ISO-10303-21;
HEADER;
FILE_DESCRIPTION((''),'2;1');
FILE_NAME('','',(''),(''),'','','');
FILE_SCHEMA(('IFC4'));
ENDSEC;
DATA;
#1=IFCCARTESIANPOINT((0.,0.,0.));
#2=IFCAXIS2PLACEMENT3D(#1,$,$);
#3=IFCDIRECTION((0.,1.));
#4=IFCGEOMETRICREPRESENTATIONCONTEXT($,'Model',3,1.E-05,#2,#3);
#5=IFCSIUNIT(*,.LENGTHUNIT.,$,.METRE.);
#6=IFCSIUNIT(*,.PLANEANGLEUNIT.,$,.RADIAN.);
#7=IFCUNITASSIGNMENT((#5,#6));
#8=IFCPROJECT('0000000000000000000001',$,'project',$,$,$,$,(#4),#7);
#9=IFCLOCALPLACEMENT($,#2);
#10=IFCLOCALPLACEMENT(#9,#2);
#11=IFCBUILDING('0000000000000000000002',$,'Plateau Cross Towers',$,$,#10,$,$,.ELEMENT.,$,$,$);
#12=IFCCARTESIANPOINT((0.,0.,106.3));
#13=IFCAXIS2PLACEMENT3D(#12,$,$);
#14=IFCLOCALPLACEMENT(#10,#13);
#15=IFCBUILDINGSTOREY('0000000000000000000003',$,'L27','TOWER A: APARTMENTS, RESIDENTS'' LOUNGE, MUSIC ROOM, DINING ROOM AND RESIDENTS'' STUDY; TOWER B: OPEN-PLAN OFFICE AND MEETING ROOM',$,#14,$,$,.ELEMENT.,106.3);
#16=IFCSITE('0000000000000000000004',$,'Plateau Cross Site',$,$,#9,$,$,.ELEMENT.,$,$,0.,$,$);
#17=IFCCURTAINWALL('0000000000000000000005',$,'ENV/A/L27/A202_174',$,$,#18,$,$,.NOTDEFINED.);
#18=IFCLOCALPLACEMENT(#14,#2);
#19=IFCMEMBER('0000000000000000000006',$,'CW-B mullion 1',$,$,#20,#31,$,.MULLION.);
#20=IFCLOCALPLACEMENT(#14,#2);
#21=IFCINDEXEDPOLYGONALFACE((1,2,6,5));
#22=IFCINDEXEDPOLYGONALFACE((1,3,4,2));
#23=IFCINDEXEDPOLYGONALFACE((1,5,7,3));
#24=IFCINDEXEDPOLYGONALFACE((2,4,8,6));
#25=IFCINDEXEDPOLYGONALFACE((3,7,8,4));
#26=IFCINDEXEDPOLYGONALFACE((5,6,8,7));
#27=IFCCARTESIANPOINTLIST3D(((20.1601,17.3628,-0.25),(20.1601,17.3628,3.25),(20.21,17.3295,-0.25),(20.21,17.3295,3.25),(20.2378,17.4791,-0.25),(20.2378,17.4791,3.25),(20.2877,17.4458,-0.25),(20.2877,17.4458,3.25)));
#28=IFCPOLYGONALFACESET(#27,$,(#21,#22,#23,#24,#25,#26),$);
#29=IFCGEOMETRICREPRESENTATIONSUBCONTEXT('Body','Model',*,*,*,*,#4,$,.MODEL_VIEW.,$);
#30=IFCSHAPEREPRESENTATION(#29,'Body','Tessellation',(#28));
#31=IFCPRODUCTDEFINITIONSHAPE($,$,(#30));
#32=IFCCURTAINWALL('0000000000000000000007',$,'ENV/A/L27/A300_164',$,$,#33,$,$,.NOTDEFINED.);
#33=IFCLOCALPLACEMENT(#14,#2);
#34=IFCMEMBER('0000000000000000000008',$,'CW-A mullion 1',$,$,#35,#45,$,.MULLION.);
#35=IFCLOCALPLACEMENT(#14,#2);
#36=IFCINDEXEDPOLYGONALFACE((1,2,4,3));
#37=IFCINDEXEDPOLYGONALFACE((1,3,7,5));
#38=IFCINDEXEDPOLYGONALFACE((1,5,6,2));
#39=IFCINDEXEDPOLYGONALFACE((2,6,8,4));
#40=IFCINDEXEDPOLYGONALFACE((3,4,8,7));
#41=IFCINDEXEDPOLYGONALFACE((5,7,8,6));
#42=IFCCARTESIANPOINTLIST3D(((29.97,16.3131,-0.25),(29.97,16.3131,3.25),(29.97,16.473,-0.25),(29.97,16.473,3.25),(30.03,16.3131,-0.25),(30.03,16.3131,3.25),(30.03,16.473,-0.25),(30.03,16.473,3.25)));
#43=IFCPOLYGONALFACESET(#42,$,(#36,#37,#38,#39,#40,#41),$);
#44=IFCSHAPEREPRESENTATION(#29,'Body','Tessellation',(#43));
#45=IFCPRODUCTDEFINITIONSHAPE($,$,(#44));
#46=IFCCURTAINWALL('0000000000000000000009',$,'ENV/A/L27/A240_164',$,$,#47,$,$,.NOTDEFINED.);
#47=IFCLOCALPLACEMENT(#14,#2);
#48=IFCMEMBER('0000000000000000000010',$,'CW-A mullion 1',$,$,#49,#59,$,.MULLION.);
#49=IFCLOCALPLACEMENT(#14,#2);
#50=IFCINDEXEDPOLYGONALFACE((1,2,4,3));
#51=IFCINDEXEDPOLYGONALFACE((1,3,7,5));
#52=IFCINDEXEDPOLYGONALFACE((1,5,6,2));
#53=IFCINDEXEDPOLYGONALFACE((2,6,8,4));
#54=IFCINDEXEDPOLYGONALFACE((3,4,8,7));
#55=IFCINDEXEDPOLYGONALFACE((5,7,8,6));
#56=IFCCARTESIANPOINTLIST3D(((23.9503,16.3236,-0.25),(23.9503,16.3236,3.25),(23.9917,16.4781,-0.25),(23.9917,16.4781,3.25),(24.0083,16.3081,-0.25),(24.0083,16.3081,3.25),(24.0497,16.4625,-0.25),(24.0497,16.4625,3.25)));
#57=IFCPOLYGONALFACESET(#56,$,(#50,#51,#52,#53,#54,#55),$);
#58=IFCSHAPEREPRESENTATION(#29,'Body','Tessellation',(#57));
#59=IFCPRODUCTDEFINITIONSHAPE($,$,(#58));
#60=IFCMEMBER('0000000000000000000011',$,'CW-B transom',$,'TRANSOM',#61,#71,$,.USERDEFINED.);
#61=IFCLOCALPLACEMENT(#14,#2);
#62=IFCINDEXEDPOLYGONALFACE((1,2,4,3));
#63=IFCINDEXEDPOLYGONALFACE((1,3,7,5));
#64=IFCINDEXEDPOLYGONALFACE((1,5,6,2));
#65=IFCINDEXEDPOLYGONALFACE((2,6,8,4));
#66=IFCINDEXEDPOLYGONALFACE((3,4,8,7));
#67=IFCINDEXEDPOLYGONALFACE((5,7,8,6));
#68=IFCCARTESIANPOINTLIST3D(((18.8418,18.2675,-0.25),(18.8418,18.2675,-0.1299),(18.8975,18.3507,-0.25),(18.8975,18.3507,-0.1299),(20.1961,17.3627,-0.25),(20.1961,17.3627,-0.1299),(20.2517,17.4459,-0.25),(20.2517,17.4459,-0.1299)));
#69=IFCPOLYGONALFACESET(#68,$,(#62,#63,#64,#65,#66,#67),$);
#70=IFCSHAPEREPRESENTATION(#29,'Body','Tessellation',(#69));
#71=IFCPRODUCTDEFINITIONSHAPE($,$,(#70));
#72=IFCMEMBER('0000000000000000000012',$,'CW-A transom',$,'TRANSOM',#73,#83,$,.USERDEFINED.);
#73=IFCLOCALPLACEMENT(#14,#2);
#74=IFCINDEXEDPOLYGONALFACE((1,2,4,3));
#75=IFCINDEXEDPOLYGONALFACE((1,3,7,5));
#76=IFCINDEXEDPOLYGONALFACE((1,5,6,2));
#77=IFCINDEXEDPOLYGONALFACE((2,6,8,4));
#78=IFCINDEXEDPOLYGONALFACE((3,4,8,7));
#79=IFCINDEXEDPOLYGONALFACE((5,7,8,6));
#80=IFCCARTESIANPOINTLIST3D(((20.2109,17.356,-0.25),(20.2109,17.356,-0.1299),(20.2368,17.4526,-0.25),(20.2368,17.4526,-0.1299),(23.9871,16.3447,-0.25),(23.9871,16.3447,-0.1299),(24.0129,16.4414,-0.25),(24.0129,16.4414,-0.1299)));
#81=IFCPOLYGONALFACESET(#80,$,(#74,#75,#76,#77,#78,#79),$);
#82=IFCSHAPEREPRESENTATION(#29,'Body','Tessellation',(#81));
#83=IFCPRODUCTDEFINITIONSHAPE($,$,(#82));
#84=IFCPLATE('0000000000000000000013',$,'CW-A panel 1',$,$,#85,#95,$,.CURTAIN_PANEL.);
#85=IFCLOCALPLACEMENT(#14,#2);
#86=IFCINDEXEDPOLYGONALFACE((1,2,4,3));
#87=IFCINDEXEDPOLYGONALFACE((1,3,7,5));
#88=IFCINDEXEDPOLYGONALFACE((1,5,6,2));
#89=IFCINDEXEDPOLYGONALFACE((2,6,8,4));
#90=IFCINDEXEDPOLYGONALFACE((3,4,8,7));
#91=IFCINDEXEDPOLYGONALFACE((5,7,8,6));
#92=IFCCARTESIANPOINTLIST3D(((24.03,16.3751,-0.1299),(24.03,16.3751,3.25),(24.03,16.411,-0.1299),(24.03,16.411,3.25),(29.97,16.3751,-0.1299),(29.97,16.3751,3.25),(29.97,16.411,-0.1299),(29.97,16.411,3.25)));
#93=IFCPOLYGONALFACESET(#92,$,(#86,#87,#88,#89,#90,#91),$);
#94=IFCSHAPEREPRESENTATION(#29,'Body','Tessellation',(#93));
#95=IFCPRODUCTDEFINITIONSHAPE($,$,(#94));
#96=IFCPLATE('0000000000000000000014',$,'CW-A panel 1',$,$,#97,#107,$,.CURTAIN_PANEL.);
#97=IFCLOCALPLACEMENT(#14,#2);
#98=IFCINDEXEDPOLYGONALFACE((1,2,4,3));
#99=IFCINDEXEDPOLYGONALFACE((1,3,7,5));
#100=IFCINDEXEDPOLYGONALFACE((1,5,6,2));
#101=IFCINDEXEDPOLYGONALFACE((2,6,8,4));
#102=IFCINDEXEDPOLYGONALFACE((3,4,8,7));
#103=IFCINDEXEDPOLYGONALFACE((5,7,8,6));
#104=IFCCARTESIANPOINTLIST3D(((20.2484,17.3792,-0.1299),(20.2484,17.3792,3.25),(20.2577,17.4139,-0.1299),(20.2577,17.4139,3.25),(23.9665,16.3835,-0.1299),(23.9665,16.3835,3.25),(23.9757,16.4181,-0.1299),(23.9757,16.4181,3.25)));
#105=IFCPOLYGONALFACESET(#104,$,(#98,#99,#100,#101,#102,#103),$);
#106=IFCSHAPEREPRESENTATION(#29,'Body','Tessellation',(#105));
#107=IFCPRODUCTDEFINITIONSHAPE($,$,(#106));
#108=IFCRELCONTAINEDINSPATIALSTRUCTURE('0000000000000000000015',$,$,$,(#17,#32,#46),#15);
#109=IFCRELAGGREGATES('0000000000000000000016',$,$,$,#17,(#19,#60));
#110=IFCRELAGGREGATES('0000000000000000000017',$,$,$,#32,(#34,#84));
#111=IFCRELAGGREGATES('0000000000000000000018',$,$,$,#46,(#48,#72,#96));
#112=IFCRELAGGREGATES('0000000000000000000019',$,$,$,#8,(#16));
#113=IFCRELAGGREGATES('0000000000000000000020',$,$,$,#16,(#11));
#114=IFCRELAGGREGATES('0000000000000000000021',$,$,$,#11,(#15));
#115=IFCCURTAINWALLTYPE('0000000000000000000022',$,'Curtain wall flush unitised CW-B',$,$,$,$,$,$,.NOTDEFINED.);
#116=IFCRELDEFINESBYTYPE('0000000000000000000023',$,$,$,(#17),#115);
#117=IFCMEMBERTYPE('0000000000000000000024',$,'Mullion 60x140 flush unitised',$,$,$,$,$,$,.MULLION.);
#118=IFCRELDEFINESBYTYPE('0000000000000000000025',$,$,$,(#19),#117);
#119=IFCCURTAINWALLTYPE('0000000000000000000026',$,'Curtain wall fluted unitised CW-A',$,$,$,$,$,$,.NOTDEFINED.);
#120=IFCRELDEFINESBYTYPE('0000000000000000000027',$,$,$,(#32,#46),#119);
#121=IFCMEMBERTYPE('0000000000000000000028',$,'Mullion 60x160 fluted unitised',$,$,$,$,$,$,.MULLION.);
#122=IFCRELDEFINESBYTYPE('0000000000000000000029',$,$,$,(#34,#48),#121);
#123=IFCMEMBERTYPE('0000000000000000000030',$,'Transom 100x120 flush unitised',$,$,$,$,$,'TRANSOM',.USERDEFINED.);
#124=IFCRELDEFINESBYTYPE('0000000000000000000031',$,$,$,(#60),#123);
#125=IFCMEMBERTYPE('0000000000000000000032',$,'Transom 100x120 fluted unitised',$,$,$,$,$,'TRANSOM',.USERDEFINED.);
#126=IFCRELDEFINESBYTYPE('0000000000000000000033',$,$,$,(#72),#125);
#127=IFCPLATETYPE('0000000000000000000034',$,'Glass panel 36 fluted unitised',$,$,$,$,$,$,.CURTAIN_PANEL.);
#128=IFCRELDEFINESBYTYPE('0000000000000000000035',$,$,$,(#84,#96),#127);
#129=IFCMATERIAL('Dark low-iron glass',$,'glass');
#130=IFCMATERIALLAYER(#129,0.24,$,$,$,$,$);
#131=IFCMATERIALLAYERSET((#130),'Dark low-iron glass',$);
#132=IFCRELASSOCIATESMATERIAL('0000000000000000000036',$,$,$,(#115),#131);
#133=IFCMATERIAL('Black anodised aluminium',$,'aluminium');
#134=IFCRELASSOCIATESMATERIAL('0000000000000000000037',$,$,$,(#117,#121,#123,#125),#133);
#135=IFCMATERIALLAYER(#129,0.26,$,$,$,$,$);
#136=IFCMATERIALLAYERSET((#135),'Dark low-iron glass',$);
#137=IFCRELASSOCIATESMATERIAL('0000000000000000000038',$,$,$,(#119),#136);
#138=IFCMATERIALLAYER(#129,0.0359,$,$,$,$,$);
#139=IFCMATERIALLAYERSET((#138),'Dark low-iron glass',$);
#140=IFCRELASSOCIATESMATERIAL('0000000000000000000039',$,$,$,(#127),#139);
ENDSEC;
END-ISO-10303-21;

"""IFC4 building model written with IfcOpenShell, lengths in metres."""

from ifc_helpers import new_model, si_unit, direction, frame, origin, origin_2d, place, context, subcontext, project, spatial, rectangle, extrude, material, layer, layer_set, material_profile, profile_set, type_object, element, aggregate, save


model = new_model("IFC4")

# Units and contexts
model_context = context("Model", 3, precision=1e-05, world=origin(), true_north=direction((0.0, 1.0)))
body_context = subcontext(model_context, "Body", "Model", "MODEL_VIEW")
ifc_project = project(units=[si_unit("LENGTHUNIT", "METRE"), si_unit("PLANEANGLEUNIT", "RADIAN")], contexts=[model_context])

# Site, building, storey
site_placement = place(None, origin())
site = spatial("IfcSite", under=ifc_project, at=site_placement, Name="Plateau Cross Site", CompositionType="ELEMENT", RefElevation=0.0)
building_placement = place(site_placement, origin())
building = spatial("IfcBuilding", under=site, at=building_placement, Name="Plateau Cross Towers", CompositionType="ELEMENT")
storey_placement = place(building_placement, frame((0.0, 0.0, 106.3)))
storey = spatial("IfcBuildingStorey", under=building, at=storey_placement, Name="L27", Description="TOWER A: APARTMENTS, RESIDENTS' LOUNGE, MUSIC ROOM, DINING ROOM AND RESIDENTS' STUDY; TOWER B: OPEN-PLAN OFFICE AND MEETING ROOM", CompositionType="ELEMENT", Elevation=106.3)

# Curtain walls, members
ifc_material_1 = material(Name="Dark low-iron glass", Category="glass")
ifc_layer_1 = layer(ifc_material_1, 0.24)
ifc_layer_set_1 = layer_set([ifc_layer_1], Name="Dark low-iron glass")
curtain_wall_type_1 = type_object("IfcCurtainWallType", Name="Curtain wall flush unitised CW-B", PredefinedType="NOTDEFINED", material=ifc_layer_set_1)
curtain_wall_1_placement = place(storey_placement, origin())
curtain_wall_1 = element("IfcCurtainWall", 1, at=curtain_wall_1_placement, inside=storey, type_object=curtain_wall_type_1, Name="ENV/A/L27/A202_174", PredefinedType="NOTDEFINED")
ifc_material_2 = material(Name="Black anodised aluminium", Category="aluminium")
ifc_material_profile_1 = material_profile(ifc_material_2, rectangle(XDim=0.0601, YDim=0.1399, at=origin_2d()), Name="MULLION 60x140")
ifc_profile_set_1 = profile_set([ifc_material_profile_1], Name="Black anodised aluminium")
member_type_1 = type_object("IfcMemberType", Name="Mullion 60x140 flush unitised", PredefinedType="MULLION", material=ifc_profile_set_1)
member_1_placement = place(storey_placement, frame((20.2239, 17.4043, -0.25), z_axis=(0.0, 0.0, 1.0), x_axis=(-0.831521, 0.555493, 0.0)))
member_1 = element("IfcMember", 2, at=member_1_placement, type_object=member_type_1, Name="CW-B mullion 1", PredefinedType="MULLION", context=body_context, shape_type="SweptSolid", body=[
    extrude(rectangle(XDim=0.0601, YDim=0.1399, at=origin_2d()), origin(), (0.0, 0.0, 1.0), 3.5),
])
ifc_layer_2 = layer(ifc_material_1, 0.26)
ifc_layer_set_2 = layer_set([ifc_layer_2], Name="Dark low-iron glass")
curtain_wall_type_2 = type_object("IfcCurtainWallType", Name="Curtain wall fluted unitised CW-A", PredefinedType="NOTDEFINED", material=ifc_layer_set_2)
curtain_wall_2_placement = place(storey_placement, origin())
curtain_wall_2 = element("IfcCurtainWall", 3, at=curtain_wall_2_placement, inside=storey, type_object=curtain_wall_type_2, Name="ENV/A/L27/A300_164", PredefinedType="NOTDEFINED")
ifc_material_profile_2 = material_profile(ifc_material_2, rectangle(XDim=0.0601, YDim=0.1599, at=origin_2d()), Name="MULLION 60x160")
ifc_profile_set_2 = profile_set([ifc_material_profile_2], Name="Black anodised aluminium")
member_type_2 = type_object("IfcMemberType", Name="Mullion 60x160 fluted unitised", PredefinedType="MULLION", material=ifc_profile_set_2)
member_2_placement = place(storey_placement, frame((30.0, 16.3931, -0.25), z_axis=(0.0, 0.0, 1.0), x_axis=(-1.0, 0.0, 0.0)))
member_2 = element("IfcMember", 4, at=member_2_placement, type_object=member_type_2, Name="CW-A mullion 1", PredefinedType="MULLION", context=body_context, shape_type="SweptSolid", body=[
    extrude(rectangle(XDim=0.0601, YDim=0.1599, at=origin_2d()), origin(), (0.0, 0.0, 1.0), 3.5),
])
curtain_wall_3_placement = place(storey_placement, origin())
curtain_wall_3 = element("IfcCurtainWall", 5, at=curtain_wall_3_placement, inside=storey, type_object=curtain_wall_type_2, Name="ENV/A/L27/A240_164", PredefinedType="NOTDEFINED")
member_3_placement = place(storey_placement, frame((24.0, 16.3931, -0.25), z_axis=(0.0, 0.0, 1.0), x_axis=(-0.965958, 0.258699, 0.0)))
member_3 = element("IfcMember", 6, at=member_3_placement, type_object=member_type_2, Name="CW-A mullion 1", PredefinedType="MULLION", context=body_context, shape_type="SweptSolid", body=[
    extrude(rectangle(XDim=0.0601, YDim=0.1599, at=origin_2d()), origin(), (0.0, 0.0, 1.0), 3.5),
])

# Members
ifc_material_profile_3 = material_profile(ifc_material_2, rectangle(XDim=0.1001, YDim=0.1201, at=origin_2d()), Name="TRANSOM 100x120")
ifc_profile_set_3 = profile_set([ifc_material_profile_3], Name="Black anodised aluminium")
member_type_3 = type_object("IfcMemberType", Name="Transom 100x120 flush unitised", ElementType="TRANSOM", PredefinedType="USERDEFINED", material=ifc_profile_set_3)
member_4_placement = place(storey_placement, frame((20.2239, 17.4043, -0.1899), z_axis=(-0.831496, 0.55553, 0.0), x_axis=(-0.55553, -0.831496, 0.0)))
member_4 = element("IfcMember", 7, at=member_4_placement, type_object=member_type_3, Name="CW-B transom", ObjectType="TRANSOM", PredefinedType="USERDEFINED", context=body_context, shape_type="SweptSolid", body=[
    extrude(rectangle(XDim=0.1001, YDim=0.1201, at=origin_2d()), origin(), (0.0, 0.0, 1.0), 1.6287),
])
aggregate(curtain_wall_1, [member_1, member_4])
ifc_material_profile_4 = material_profile(ifc_material_2, rectangle(XDim=0.1001, YDim=0.1201, at=origin_2d()), Name="TRANSOM 100x120")
ifc_profile_set_4 = profile_set([ifc_material_profile_4], Name="Black anodised aluminium")
member_type_4 = type_object("IfcMemberType", Name="Transom 100x120 fluted unitised", ElementType="TRANSOM", PredefinedType="USERDEFINED", material=ifc_profile_set_4)
member_5_placement = place(storey_placement, frame((24.0, 16.3931, -0.1899), z_axis=(-0.965963, 0.258681, 0.0), x_axis=(-0.258681, -0.965963, 0.0)))
member_5 = element("IfcMember", 8, at=member_5_placement, type_object=member_type_4, Name="CW-A transom", ObjectType="TRANSOM", PredefinedType="USERDEFINED", context=body_context, shape_type="SweptSolid", body=[
    extrude(rectangle(XDim=0.1001, YDim=0.1201, at=origin_2d()), origin(), (0.0, 0.0, 1.0), 3.9092),
])

# Plates
ifc_layer_3 = layer(ifc_material_1, 0.0359)
ifc_layer_set_3 = layer_set([ifc_layer_3], Name="Dark low-iron glass")
plate_type = type_object("IfcPlateType", Name="Glass panel 36 fluted unitised", PredefinedType="CURTAIN_PANEL", material=ifc_layer_set_3)
plate_1_placement = place(storey_placement, frame((27.0, 16.3931, -0.1299), z_axis=(0.0, 0.0, 1.0), x_axis=(-1.0, 0.0, 0.0)))
plate_1 = element("IfcPlate", 9, at=plate_1_placement, type_object=plate_type, Name="CW-A panel 1", PredefinedType="CURTAIN_PANEL", context=body_context, shape_type="SweptSolid", body=[
    extrude(rectangle(XDim=5.9399, YDim=0.0359, at=origin_2d()), origin(), (0.0, 0.0, 1.0), 3.3799),
])
aggregate(curtain_wall_2, [member_2, plate_1])
plate_2_placement = place(storey_placement, frame((22.1121, 16.8987, -0.1299), z_axis=(0.0, 0.0, 1.0), x_axis=(-0.965958, 0.258699, 0.0)))
plate_2 = element("IfcPlate", 10, at=plate_2_placement, type_object=plate_type, Name="CW-A panel 1", PredefinedType="CURTAIN_PANEL", context=body_context, shape_type="SweptSolid", body=[
    extrude(rectangle(XDim=3.8491, YDim=0.0359, at=origin_2d()), origin(), (0.0, 0.0, 1.0), 3.3799),
])
aggregate(curtain_wall_3, [member_3, member_5, plate_2])

save(model, "model.ifc")
